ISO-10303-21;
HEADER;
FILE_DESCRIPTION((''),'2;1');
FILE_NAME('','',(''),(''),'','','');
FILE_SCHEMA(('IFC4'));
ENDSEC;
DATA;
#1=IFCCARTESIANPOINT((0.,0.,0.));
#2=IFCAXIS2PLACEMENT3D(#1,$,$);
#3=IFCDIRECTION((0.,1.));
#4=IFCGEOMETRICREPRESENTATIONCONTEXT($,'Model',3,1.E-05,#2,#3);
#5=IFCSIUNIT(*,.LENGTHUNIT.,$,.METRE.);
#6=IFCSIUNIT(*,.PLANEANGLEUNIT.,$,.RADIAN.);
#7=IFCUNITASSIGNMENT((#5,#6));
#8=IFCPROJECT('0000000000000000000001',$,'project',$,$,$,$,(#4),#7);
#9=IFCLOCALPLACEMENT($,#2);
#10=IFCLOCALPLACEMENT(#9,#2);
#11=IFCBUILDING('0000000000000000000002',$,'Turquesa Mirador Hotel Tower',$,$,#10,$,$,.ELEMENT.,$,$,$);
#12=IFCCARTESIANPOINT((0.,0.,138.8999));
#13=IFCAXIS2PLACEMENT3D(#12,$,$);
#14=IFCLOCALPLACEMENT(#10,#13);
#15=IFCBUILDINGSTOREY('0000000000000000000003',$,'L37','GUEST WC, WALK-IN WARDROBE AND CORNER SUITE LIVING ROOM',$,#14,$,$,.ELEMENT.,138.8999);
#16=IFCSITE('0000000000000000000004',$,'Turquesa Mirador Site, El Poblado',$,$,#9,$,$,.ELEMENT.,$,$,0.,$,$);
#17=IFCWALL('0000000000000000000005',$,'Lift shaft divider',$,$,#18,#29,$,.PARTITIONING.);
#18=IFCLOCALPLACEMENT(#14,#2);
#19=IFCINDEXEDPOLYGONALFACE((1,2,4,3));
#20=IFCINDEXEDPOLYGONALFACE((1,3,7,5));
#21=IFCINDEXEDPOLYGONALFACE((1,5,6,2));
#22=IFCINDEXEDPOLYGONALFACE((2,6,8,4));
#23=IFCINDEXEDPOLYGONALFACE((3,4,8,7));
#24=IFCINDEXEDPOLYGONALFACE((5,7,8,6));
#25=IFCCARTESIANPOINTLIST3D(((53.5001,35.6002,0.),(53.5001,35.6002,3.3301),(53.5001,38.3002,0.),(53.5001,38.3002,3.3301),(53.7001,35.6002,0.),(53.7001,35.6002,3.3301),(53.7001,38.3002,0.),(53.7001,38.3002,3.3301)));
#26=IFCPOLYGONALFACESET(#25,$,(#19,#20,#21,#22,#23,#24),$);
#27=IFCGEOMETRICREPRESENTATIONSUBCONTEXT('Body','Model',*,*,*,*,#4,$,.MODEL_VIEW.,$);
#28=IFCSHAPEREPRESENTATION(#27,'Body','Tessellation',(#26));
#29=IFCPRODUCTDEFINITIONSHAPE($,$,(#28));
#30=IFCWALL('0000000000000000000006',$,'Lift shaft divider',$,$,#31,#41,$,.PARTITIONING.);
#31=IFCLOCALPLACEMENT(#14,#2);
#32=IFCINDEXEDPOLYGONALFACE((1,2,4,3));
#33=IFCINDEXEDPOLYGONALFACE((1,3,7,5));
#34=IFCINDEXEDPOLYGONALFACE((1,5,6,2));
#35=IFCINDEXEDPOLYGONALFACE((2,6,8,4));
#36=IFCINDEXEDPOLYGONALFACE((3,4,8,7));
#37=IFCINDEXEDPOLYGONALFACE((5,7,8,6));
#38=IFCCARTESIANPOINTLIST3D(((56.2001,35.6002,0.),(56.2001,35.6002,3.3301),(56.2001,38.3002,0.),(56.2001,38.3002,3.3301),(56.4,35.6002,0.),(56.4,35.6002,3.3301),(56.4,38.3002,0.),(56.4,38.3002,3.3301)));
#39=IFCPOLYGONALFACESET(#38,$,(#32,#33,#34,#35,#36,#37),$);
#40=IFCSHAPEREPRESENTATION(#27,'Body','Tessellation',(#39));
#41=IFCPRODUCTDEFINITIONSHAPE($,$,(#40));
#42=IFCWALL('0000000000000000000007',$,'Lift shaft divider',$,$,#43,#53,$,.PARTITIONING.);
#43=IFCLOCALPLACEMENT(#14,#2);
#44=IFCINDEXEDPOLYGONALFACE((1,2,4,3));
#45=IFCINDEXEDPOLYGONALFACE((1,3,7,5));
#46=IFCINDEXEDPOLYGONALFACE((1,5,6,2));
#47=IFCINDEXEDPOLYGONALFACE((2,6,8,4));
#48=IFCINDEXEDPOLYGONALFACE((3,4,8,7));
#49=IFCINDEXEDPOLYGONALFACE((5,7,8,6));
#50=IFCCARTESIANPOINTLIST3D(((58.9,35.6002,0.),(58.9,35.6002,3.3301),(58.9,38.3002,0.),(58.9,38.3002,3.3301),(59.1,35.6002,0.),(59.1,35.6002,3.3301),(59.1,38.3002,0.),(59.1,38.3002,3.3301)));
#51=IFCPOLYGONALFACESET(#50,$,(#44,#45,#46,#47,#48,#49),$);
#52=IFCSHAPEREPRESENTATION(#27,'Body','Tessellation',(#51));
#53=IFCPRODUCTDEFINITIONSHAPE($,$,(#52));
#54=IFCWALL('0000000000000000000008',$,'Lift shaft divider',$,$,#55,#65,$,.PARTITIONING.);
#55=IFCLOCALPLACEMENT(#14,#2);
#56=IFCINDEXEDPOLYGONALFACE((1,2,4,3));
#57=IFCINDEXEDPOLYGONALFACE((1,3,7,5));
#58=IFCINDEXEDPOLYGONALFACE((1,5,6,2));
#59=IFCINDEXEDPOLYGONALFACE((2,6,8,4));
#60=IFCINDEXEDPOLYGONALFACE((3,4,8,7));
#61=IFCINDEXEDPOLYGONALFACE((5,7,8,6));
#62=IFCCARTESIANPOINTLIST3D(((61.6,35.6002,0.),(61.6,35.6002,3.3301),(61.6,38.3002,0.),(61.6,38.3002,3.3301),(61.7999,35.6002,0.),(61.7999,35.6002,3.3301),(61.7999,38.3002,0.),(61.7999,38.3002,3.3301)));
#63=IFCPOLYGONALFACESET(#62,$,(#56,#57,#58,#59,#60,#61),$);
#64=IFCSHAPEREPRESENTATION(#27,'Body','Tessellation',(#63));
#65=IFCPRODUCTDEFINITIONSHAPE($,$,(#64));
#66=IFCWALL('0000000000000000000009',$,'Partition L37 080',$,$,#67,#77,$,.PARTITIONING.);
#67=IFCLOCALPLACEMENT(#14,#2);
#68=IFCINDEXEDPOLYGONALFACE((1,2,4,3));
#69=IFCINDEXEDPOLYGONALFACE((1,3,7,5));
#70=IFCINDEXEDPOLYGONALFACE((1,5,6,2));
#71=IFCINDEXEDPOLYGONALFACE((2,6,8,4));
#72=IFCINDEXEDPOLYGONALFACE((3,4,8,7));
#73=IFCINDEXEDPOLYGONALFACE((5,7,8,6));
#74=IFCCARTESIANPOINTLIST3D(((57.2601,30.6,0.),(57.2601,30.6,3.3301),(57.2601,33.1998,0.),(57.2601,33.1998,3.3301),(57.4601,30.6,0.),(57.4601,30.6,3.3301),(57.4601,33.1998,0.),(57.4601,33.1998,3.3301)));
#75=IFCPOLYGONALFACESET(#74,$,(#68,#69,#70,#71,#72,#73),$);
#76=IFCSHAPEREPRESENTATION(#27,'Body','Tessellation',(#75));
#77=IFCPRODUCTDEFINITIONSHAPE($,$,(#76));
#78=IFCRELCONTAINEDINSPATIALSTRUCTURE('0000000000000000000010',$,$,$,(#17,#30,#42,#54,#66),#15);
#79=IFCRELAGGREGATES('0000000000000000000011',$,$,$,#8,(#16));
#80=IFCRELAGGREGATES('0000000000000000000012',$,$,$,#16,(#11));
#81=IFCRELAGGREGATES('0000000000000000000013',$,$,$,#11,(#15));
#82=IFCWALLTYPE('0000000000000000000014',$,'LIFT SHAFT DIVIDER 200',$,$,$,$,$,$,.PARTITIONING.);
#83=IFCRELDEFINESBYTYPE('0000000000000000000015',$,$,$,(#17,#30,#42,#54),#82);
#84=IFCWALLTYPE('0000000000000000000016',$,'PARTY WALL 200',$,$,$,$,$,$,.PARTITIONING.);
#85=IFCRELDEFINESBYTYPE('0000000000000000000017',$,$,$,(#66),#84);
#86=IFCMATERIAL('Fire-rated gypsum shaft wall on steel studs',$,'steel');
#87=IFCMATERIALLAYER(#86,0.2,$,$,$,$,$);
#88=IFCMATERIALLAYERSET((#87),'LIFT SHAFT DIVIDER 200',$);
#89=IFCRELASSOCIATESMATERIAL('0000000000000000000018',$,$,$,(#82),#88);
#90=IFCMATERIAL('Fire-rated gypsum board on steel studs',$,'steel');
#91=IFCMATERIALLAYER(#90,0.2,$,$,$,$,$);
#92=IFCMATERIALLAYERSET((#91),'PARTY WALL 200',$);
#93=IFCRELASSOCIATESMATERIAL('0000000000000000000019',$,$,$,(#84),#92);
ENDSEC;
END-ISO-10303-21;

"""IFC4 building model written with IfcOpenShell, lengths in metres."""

from ifc_helpers import new_model, si_unit, direction, frame, frame_2d, origin, place, context, subcontext, project, spatial, rectangle, extrude, material, layer, layer_set, type_object, element, save


model = new_model("IFC4")

# Units and contexts
model_context = context("Model", 3, precision=1e-05, world=origin(), true_north=direction((0.0, 1.0)))
body_context = subcontext(model_context, "Body", "Model", "MODEL_VIEW")
ifc_project = project(units=[si_unit("LENGTHUNIT", "METRE"), si_unit("PLANEANGLEUNIT", "RADIAN")], contexts=[model_context])

# Site, building, storey
site_placement = place(None, origin())
site = spatial("IfcSite", under=ifc_project, at=site_placement, Name="Turquesa Mirador Site, El Poblado", CompositionType="ELEMENT", RefElevation=0.0)
building_placement = place(site_placement, origin())
building = spatial("IfcBuilding", under=site, at=building_placement, Name="Turquesa Mirador Hotel Tower", CompositionType="ELEMENT")
storey_placement = place(building_placement, frame((0.0, 0.0, 138.8999)))
storey = spatial("IfcBuildingStorey", under=building, at=storey_placement, Name="L37", Description="GUEST WC, WALK-IN WARDROBE AND CORNER SUITE LIVING ROOM", CompositionType="ELEMENT", Elevation=138.8999)

# Walls
ifc_material_1 = material(Name="Fire-rated gypsum shaft wall on steel studs", Category="steel")
ifc_layer_1 = layer(ifc_material_1, 0.2)
ifc_layer_set_1 = layer_set([ifc_layer_1], Name="LIFT SHAFT DIVIDER 200")
wall_type_1 = type_object("IfcWallType", Name="LIFT SHAFT DIVIDER 200", PredefinedType="PARTITIONING", material=ifc_layer_set_1)
for number, where, z_axis, x_axis, name in (
    (1, (53.6001, 35.6001, 0.0), (0.0, 0.0, 1.0), (0.0, 1.0, 0.0), "Lift shaft divider"),
    (2, (56.3, 35.6001, 0.0), (0.0, 0.0, 1.0), (0.0, 1.0, 0.0), "Lift shaft divider"),
    (3, (59.0, 35.6001, 0.0), (0.0, 0.0, 1.0), (0.0, 1.0, 0.0), "Lift shaft divider"),
    (4, (61.7, 35.6001, 0.0), (0.0, 0.0, 1.0), (0.0, 1.0, 0.0), "Lift shaft divider"),
):
    element("IfcWall", number, at=place(storey_placement, frame(where, z_axis=z_axis, x_axis=x_axis)), inside=storey, type_object=wall_type_1, Name=name, PredefinedType="PARTITIONING", context=body_context, shape_type="SweptSolid", body=[
        extrude(rectangle(XDim=2.7, YDim=0.2, at=frame_2d((1.3501, 0.0))), origin(), (0.0, 0.0, 1.0), 3.3301),
    ])
ifc_material_2 = material(Name="Fire-rated gypsum board on steel studs", Category="steel")
ifc_layer_2 = layer(ifc_material_2, 0.2)
ifc_layer_set_2 = layer_set([ifc_layer_2], Name="PARTY WALL 200")
wall_type_2 = type_object("IfcWallType", Name="PARTY WALL 200", PredefinedType="PARTITIONING", material=ifc_layer_set_2)
wall_1_placement = place(storey_placement, frame((57.3601, 30.6001, 0.0), z_axis=(0.0, 0.0, 1.0), x_axis=(0.0, 1.0, 0.0)))
element("IfcWall", 5, at=wall_1_placement, inside=storey, type_object=wall_type_2, Name="Partition L37 080", PredefinedType="PARTITIONING", context=body_context, shape_type="SweptSolid", body=[
    extrude(rectangle(XDim=2.5999, YDim=0.2, at=frame_2d((1.2998, 0.0))), origin(), (0.0, 0.0, 1.0), 3.3301),
])

save(model, "model.ifc")
